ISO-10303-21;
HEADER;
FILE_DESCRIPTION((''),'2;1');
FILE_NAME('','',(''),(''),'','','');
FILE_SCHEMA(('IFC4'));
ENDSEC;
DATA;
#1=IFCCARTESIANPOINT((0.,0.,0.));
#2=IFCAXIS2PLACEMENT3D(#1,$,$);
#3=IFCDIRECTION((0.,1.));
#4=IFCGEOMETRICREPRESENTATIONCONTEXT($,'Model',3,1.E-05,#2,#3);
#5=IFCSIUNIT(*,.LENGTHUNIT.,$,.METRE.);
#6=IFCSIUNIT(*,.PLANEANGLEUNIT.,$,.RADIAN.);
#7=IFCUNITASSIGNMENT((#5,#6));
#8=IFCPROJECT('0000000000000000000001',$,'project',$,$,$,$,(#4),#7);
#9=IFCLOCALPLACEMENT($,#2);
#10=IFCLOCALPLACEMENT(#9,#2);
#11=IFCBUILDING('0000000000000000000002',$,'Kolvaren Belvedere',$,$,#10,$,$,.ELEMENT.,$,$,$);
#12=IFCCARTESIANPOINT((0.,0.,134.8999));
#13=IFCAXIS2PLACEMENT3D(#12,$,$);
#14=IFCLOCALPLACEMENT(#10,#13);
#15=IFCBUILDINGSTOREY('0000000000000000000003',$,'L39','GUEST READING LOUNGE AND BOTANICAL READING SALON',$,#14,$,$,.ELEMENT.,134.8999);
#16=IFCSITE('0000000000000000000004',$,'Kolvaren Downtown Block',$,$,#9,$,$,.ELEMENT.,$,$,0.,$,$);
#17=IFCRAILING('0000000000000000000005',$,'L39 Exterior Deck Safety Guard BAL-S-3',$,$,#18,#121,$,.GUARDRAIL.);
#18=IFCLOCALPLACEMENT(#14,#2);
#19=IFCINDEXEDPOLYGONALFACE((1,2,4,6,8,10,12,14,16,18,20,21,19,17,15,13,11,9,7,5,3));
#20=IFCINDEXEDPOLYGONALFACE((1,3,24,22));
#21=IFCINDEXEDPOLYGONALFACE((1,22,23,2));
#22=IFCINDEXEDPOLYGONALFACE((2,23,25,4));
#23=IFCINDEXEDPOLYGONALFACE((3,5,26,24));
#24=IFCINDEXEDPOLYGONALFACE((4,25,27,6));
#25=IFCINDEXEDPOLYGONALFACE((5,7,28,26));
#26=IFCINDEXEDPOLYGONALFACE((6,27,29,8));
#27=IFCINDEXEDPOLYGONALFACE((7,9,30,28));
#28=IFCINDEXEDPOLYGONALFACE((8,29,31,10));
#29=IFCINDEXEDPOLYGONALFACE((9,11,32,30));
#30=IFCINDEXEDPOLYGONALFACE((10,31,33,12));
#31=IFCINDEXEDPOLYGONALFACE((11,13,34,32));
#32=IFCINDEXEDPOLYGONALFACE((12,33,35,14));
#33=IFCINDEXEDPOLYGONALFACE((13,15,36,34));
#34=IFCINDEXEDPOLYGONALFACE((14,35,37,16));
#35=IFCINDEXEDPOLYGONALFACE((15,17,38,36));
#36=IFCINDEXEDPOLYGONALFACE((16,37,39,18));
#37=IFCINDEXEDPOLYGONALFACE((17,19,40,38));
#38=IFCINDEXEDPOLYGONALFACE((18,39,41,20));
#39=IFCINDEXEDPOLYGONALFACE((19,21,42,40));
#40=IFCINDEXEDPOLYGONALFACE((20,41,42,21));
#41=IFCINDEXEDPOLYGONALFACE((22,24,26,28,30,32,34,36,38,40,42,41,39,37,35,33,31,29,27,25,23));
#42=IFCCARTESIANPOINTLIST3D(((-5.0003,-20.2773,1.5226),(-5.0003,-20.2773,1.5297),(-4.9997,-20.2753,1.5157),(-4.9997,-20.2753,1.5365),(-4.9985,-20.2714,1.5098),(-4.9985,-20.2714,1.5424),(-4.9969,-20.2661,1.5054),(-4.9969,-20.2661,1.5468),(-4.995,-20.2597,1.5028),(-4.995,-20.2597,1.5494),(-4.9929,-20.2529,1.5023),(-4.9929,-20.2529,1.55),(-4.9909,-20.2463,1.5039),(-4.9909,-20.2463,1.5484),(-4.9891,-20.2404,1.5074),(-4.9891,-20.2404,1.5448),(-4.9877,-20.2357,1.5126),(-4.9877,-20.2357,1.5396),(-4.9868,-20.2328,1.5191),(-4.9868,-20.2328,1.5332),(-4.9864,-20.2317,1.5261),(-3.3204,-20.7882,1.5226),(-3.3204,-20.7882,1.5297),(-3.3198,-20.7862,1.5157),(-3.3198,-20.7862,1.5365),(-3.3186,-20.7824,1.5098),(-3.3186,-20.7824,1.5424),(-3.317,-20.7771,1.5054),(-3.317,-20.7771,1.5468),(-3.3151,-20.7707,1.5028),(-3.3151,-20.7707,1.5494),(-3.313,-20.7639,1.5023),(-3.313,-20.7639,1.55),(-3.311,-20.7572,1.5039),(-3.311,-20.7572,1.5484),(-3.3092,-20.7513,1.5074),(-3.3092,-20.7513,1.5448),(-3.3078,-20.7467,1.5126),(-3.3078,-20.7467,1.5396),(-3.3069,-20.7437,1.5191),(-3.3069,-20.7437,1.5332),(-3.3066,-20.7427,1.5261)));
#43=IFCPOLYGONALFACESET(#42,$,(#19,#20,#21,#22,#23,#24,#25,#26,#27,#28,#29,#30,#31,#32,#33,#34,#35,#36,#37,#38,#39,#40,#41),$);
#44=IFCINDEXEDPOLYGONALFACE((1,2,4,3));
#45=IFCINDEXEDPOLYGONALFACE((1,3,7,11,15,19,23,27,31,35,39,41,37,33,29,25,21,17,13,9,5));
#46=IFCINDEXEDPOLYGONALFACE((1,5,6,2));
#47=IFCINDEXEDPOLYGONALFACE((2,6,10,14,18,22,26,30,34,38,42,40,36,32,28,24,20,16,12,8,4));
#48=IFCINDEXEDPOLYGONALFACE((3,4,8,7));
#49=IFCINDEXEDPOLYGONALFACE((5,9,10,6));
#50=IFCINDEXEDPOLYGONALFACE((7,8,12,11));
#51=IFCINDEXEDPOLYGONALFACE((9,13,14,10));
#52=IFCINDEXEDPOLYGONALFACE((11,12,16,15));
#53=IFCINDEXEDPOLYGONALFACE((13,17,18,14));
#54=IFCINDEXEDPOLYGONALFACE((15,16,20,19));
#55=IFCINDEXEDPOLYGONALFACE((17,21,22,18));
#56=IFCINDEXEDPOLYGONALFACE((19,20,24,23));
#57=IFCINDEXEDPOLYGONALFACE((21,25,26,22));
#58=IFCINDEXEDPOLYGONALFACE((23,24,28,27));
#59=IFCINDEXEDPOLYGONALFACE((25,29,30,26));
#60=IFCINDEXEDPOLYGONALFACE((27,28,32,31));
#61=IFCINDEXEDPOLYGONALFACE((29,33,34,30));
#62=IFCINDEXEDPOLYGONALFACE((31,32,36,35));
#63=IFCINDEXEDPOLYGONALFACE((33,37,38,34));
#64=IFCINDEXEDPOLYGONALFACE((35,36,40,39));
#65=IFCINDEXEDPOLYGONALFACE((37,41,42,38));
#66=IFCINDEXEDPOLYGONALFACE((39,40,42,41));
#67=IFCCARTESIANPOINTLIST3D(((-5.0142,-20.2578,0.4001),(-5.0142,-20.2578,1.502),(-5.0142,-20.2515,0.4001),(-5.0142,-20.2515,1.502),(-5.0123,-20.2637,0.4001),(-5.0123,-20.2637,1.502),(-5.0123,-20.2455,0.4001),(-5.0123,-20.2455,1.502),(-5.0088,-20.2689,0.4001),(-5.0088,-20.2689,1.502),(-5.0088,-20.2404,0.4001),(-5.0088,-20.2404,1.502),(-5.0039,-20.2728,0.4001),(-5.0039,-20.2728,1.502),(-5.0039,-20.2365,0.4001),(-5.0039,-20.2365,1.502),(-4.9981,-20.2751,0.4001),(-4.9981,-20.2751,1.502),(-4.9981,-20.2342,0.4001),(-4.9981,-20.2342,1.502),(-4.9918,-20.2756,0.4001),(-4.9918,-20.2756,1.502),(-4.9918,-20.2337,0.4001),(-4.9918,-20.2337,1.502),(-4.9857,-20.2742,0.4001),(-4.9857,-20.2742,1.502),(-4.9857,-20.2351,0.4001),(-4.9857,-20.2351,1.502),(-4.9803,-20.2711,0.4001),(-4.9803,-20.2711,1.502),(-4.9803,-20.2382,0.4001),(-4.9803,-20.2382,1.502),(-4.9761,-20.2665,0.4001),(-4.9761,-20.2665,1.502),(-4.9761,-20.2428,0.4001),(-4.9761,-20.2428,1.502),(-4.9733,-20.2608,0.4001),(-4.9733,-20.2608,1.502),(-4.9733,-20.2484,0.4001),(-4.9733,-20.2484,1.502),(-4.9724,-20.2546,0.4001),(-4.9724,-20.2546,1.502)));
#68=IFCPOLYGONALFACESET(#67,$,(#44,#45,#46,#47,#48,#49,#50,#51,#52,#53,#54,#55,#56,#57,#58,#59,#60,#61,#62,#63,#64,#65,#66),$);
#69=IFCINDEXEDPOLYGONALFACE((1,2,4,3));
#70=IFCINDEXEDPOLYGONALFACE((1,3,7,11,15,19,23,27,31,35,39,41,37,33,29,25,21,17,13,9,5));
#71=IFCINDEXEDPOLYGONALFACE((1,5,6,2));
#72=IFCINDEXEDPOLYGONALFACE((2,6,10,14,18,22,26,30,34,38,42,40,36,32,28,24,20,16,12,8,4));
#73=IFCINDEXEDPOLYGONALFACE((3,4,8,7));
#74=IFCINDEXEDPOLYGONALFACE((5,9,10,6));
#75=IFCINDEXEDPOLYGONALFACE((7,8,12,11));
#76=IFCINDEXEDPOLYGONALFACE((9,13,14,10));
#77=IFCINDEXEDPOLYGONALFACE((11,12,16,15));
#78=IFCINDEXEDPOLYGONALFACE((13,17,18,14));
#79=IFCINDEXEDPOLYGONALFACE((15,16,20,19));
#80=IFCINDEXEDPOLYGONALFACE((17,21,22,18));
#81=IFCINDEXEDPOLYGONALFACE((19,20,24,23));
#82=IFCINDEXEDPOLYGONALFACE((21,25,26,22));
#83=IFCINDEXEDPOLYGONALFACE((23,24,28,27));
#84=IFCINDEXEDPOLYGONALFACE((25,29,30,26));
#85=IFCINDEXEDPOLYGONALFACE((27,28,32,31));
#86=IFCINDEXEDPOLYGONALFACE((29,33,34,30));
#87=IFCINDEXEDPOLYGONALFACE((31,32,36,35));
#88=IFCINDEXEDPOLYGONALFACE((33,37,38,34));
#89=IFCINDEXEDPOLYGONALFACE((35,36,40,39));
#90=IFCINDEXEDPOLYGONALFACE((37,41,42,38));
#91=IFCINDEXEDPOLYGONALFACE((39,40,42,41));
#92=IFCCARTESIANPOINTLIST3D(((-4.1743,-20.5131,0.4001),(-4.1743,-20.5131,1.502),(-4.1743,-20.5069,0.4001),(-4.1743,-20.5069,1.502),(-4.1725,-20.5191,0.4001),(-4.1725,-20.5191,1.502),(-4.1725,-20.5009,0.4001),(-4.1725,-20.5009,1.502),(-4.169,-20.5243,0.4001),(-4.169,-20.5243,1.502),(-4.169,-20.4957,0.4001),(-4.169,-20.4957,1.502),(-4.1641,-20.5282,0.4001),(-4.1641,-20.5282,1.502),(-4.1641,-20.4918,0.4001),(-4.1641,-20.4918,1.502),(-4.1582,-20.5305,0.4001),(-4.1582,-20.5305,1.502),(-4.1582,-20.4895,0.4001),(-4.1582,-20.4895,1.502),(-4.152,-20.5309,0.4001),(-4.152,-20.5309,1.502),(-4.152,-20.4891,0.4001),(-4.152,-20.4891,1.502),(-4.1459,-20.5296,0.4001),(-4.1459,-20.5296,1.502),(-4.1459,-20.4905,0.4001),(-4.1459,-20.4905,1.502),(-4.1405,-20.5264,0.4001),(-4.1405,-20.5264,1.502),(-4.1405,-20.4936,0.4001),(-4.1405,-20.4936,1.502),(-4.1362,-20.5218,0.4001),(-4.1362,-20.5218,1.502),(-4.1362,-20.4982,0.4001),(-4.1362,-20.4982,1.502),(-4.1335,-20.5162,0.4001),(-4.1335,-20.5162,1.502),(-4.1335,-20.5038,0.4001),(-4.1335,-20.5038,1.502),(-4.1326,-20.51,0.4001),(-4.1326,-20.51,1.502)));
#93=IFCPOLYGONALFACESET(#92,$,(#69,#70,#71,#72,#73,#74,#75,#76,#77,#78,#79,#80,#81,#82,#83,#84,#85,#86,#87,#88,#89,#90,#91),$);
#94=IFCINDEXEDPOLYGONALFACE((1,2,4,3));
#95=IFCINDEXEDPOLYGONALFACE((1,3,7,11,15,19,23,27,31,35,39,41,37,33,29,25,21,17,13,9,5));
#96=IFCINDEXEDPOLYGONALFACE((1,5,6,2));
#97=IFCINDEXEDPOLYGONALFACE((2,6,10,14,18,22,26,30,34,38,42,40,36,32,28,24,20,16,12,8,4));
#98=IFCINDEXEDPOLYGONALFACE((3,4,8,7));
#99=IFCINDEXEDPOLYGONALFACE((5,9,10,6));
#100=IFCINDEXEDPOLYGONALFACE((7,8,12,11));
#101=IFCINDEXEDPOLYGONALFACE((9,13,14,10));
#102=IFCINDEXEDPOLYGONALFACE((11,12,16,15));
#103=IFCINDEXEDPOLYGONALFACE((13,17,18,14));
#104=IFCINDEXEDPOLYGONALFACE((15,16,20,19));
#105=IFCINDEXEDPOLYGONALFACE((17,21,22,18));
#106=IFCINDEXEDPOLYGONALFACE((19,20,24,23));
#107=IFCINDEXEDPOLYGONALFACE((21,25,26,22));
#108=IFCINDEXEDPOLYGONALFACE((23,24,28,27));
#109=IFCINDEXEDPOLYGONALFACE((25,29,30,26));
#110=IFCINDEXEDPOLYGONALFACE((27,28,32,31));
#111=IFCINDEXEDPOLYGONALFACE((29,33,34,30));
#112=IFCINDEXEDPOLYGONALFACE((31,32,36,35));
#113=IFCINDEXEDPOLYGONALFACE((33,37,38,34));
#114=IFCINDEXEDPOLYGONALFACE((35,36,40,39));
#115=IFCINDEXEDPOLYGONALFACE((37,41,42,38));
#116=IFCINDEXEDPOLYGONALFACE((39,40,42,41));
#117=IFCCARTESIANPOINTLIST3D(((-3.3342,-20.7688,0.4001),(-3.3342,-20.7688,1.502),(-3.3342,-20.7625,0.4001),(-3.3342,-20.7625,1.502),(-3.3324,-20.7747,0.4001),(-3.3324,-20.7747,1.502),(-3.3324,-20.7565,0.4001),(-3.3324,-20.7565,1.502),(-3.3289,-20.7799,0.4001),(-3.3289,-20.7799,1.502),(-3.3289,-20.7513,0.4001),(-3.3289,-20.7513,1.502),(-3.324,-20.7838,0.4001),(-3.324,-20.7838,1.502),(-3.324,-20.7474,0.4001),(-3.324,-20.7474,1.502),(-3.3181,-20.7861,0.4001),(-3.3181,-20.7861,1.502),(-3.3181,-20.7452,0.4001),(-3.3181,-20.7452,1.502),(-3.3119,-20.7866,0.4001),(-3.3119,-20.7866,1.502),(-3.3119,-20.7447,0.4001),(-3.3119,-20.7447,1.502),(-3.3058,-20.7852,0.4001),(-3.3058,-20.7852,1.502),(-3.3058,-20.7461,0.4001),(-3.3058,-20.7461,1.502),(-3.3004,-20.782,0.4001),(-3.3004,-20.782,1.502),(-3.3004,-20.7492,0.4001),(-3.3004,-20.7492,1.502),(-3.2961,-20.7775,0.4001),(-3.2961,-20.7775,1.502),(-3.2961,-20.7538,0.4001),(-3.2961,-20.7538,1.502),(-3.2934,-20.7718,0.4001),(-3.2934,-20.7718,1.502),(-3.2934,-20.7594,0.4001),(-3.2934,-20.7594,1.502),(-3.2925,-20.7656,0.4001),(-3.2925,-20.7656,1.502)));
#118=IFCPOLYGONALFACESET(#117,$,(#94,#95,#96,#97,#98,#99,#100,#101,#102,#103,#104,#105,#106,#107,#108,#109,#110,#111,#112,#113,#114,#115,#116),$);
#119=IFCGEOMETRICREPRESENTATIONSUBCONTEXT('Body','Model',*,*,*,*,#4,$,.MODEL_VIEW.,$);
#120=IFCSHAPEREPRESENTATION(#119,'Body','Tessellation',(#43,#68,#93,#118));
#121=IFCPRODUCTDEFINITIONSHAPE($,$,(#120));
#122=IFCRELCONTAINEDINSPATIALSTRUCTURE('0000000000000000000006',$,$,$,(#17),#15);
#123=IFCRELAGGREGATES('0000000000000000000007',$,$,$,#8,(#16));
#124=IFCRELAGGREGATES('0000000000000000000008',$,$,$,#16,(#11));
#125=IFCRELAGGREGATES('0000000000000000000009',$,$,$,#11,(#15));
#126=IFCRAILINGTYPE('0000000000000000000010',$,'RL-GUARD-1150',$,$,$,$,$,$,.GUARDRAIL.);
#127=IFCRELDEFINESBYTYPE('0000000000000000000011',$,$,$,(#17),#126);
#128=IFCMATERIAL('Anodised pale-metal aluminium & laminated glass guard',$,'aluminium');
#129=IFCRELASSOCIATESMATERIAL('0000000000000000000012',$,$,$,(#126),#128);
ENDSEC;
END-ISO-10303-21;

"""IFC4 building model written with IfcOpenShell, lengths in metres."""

from ifc_helpers import new_model, si_unit, direction, frame, origin, origin_2d, place, context, subcontext, project, spatial, circle, extrude, material, type_object, element, save


model = new_model("IFC4")

# Units and contexts
model_context = context("Model", 3, precision=1e-05, world=origin(), true_north=direction((0.0, 1.0)))
body_context = subcontext(model_context, "Body", "Model", "MODEL_VIEW")
ifc_project = project(units=[si_unit("LENGTHUNIT", "METRE"), si_unit("PLANEANGLEUNIT", "RADIAN")], contexts=[model_context])

# Site, building, storey
site_placement = place(None, origin())
site = spatial("IfcSite", under=ifc_project, at=site_placement, Name="Kolvaren Downtown Block", CompositionType="ELEMENT", RefElevation=0.0)
building_placement = place(site_placement, origin())
building = spatial("IfcBuilding", under=site, at=building_placement, Name="Kolvaren Belvedere", CompositionType="ELEMENT")
storey_placement = place(building_placement, frame((0.0, 0.0, 134.8999)))
storey = spatial("IfcBuildingStorey", under=building, at=storey_placement, Name="L39", Description="GUEST READING LOUNGE AND BOTANICAL READING SALON", CompositionType="ELEMENT", Elevation=134.8999)

# Railing
ifc_material_1 = material(Name="Anodised pale-metal aluminium & laminated glass guard", Category="aluminium")
railing_type = type_object("IfcRailingType", Name="RL-GUARD-1150", PredefinedType="GUARDRAIL", material=ifc_material_1)
railing_1_placement = place(storey_placement, frame((-4.9934, -20.2546, 0.4001)))
element("IfcRailing", 1, at=railing_1_placement, inside=storey, type_object=railing_type, Name="L39 Exterior Deck Safety Guard BAL-S-3", PredefinedType="GUARDRAIL", context=body_context, shape_type="SweptSolid", body=[
    extrude(circle(Radius=0.0239, at=origin_2d()), frame((0.0, 0.0, 1.126), z_axis=(0.956721, -0.291007, 0.0), x_axis=(0.291007, 0.956721, 0.0)), (0.0, 0.0, 1.0), 1.7559),
    extrude(circle(Radius=0.021, at=origin_2d()), origin(), (0.0, 0.0, 1.0), 1.1018),
    extrude(circle(Radius=0.021, at=origin_2d()), frame((0.8398, -0.2554, 0.0)), (0.0, 0.0, 1.0), 1.1018),
    extrude(circle(Radius=0.021, at=origin_2d()), frame((1.6799, -0.511, 0.0)), (0.0, 0.0, 1.0), 1.1018),
])

save(model, "model.ifc")
